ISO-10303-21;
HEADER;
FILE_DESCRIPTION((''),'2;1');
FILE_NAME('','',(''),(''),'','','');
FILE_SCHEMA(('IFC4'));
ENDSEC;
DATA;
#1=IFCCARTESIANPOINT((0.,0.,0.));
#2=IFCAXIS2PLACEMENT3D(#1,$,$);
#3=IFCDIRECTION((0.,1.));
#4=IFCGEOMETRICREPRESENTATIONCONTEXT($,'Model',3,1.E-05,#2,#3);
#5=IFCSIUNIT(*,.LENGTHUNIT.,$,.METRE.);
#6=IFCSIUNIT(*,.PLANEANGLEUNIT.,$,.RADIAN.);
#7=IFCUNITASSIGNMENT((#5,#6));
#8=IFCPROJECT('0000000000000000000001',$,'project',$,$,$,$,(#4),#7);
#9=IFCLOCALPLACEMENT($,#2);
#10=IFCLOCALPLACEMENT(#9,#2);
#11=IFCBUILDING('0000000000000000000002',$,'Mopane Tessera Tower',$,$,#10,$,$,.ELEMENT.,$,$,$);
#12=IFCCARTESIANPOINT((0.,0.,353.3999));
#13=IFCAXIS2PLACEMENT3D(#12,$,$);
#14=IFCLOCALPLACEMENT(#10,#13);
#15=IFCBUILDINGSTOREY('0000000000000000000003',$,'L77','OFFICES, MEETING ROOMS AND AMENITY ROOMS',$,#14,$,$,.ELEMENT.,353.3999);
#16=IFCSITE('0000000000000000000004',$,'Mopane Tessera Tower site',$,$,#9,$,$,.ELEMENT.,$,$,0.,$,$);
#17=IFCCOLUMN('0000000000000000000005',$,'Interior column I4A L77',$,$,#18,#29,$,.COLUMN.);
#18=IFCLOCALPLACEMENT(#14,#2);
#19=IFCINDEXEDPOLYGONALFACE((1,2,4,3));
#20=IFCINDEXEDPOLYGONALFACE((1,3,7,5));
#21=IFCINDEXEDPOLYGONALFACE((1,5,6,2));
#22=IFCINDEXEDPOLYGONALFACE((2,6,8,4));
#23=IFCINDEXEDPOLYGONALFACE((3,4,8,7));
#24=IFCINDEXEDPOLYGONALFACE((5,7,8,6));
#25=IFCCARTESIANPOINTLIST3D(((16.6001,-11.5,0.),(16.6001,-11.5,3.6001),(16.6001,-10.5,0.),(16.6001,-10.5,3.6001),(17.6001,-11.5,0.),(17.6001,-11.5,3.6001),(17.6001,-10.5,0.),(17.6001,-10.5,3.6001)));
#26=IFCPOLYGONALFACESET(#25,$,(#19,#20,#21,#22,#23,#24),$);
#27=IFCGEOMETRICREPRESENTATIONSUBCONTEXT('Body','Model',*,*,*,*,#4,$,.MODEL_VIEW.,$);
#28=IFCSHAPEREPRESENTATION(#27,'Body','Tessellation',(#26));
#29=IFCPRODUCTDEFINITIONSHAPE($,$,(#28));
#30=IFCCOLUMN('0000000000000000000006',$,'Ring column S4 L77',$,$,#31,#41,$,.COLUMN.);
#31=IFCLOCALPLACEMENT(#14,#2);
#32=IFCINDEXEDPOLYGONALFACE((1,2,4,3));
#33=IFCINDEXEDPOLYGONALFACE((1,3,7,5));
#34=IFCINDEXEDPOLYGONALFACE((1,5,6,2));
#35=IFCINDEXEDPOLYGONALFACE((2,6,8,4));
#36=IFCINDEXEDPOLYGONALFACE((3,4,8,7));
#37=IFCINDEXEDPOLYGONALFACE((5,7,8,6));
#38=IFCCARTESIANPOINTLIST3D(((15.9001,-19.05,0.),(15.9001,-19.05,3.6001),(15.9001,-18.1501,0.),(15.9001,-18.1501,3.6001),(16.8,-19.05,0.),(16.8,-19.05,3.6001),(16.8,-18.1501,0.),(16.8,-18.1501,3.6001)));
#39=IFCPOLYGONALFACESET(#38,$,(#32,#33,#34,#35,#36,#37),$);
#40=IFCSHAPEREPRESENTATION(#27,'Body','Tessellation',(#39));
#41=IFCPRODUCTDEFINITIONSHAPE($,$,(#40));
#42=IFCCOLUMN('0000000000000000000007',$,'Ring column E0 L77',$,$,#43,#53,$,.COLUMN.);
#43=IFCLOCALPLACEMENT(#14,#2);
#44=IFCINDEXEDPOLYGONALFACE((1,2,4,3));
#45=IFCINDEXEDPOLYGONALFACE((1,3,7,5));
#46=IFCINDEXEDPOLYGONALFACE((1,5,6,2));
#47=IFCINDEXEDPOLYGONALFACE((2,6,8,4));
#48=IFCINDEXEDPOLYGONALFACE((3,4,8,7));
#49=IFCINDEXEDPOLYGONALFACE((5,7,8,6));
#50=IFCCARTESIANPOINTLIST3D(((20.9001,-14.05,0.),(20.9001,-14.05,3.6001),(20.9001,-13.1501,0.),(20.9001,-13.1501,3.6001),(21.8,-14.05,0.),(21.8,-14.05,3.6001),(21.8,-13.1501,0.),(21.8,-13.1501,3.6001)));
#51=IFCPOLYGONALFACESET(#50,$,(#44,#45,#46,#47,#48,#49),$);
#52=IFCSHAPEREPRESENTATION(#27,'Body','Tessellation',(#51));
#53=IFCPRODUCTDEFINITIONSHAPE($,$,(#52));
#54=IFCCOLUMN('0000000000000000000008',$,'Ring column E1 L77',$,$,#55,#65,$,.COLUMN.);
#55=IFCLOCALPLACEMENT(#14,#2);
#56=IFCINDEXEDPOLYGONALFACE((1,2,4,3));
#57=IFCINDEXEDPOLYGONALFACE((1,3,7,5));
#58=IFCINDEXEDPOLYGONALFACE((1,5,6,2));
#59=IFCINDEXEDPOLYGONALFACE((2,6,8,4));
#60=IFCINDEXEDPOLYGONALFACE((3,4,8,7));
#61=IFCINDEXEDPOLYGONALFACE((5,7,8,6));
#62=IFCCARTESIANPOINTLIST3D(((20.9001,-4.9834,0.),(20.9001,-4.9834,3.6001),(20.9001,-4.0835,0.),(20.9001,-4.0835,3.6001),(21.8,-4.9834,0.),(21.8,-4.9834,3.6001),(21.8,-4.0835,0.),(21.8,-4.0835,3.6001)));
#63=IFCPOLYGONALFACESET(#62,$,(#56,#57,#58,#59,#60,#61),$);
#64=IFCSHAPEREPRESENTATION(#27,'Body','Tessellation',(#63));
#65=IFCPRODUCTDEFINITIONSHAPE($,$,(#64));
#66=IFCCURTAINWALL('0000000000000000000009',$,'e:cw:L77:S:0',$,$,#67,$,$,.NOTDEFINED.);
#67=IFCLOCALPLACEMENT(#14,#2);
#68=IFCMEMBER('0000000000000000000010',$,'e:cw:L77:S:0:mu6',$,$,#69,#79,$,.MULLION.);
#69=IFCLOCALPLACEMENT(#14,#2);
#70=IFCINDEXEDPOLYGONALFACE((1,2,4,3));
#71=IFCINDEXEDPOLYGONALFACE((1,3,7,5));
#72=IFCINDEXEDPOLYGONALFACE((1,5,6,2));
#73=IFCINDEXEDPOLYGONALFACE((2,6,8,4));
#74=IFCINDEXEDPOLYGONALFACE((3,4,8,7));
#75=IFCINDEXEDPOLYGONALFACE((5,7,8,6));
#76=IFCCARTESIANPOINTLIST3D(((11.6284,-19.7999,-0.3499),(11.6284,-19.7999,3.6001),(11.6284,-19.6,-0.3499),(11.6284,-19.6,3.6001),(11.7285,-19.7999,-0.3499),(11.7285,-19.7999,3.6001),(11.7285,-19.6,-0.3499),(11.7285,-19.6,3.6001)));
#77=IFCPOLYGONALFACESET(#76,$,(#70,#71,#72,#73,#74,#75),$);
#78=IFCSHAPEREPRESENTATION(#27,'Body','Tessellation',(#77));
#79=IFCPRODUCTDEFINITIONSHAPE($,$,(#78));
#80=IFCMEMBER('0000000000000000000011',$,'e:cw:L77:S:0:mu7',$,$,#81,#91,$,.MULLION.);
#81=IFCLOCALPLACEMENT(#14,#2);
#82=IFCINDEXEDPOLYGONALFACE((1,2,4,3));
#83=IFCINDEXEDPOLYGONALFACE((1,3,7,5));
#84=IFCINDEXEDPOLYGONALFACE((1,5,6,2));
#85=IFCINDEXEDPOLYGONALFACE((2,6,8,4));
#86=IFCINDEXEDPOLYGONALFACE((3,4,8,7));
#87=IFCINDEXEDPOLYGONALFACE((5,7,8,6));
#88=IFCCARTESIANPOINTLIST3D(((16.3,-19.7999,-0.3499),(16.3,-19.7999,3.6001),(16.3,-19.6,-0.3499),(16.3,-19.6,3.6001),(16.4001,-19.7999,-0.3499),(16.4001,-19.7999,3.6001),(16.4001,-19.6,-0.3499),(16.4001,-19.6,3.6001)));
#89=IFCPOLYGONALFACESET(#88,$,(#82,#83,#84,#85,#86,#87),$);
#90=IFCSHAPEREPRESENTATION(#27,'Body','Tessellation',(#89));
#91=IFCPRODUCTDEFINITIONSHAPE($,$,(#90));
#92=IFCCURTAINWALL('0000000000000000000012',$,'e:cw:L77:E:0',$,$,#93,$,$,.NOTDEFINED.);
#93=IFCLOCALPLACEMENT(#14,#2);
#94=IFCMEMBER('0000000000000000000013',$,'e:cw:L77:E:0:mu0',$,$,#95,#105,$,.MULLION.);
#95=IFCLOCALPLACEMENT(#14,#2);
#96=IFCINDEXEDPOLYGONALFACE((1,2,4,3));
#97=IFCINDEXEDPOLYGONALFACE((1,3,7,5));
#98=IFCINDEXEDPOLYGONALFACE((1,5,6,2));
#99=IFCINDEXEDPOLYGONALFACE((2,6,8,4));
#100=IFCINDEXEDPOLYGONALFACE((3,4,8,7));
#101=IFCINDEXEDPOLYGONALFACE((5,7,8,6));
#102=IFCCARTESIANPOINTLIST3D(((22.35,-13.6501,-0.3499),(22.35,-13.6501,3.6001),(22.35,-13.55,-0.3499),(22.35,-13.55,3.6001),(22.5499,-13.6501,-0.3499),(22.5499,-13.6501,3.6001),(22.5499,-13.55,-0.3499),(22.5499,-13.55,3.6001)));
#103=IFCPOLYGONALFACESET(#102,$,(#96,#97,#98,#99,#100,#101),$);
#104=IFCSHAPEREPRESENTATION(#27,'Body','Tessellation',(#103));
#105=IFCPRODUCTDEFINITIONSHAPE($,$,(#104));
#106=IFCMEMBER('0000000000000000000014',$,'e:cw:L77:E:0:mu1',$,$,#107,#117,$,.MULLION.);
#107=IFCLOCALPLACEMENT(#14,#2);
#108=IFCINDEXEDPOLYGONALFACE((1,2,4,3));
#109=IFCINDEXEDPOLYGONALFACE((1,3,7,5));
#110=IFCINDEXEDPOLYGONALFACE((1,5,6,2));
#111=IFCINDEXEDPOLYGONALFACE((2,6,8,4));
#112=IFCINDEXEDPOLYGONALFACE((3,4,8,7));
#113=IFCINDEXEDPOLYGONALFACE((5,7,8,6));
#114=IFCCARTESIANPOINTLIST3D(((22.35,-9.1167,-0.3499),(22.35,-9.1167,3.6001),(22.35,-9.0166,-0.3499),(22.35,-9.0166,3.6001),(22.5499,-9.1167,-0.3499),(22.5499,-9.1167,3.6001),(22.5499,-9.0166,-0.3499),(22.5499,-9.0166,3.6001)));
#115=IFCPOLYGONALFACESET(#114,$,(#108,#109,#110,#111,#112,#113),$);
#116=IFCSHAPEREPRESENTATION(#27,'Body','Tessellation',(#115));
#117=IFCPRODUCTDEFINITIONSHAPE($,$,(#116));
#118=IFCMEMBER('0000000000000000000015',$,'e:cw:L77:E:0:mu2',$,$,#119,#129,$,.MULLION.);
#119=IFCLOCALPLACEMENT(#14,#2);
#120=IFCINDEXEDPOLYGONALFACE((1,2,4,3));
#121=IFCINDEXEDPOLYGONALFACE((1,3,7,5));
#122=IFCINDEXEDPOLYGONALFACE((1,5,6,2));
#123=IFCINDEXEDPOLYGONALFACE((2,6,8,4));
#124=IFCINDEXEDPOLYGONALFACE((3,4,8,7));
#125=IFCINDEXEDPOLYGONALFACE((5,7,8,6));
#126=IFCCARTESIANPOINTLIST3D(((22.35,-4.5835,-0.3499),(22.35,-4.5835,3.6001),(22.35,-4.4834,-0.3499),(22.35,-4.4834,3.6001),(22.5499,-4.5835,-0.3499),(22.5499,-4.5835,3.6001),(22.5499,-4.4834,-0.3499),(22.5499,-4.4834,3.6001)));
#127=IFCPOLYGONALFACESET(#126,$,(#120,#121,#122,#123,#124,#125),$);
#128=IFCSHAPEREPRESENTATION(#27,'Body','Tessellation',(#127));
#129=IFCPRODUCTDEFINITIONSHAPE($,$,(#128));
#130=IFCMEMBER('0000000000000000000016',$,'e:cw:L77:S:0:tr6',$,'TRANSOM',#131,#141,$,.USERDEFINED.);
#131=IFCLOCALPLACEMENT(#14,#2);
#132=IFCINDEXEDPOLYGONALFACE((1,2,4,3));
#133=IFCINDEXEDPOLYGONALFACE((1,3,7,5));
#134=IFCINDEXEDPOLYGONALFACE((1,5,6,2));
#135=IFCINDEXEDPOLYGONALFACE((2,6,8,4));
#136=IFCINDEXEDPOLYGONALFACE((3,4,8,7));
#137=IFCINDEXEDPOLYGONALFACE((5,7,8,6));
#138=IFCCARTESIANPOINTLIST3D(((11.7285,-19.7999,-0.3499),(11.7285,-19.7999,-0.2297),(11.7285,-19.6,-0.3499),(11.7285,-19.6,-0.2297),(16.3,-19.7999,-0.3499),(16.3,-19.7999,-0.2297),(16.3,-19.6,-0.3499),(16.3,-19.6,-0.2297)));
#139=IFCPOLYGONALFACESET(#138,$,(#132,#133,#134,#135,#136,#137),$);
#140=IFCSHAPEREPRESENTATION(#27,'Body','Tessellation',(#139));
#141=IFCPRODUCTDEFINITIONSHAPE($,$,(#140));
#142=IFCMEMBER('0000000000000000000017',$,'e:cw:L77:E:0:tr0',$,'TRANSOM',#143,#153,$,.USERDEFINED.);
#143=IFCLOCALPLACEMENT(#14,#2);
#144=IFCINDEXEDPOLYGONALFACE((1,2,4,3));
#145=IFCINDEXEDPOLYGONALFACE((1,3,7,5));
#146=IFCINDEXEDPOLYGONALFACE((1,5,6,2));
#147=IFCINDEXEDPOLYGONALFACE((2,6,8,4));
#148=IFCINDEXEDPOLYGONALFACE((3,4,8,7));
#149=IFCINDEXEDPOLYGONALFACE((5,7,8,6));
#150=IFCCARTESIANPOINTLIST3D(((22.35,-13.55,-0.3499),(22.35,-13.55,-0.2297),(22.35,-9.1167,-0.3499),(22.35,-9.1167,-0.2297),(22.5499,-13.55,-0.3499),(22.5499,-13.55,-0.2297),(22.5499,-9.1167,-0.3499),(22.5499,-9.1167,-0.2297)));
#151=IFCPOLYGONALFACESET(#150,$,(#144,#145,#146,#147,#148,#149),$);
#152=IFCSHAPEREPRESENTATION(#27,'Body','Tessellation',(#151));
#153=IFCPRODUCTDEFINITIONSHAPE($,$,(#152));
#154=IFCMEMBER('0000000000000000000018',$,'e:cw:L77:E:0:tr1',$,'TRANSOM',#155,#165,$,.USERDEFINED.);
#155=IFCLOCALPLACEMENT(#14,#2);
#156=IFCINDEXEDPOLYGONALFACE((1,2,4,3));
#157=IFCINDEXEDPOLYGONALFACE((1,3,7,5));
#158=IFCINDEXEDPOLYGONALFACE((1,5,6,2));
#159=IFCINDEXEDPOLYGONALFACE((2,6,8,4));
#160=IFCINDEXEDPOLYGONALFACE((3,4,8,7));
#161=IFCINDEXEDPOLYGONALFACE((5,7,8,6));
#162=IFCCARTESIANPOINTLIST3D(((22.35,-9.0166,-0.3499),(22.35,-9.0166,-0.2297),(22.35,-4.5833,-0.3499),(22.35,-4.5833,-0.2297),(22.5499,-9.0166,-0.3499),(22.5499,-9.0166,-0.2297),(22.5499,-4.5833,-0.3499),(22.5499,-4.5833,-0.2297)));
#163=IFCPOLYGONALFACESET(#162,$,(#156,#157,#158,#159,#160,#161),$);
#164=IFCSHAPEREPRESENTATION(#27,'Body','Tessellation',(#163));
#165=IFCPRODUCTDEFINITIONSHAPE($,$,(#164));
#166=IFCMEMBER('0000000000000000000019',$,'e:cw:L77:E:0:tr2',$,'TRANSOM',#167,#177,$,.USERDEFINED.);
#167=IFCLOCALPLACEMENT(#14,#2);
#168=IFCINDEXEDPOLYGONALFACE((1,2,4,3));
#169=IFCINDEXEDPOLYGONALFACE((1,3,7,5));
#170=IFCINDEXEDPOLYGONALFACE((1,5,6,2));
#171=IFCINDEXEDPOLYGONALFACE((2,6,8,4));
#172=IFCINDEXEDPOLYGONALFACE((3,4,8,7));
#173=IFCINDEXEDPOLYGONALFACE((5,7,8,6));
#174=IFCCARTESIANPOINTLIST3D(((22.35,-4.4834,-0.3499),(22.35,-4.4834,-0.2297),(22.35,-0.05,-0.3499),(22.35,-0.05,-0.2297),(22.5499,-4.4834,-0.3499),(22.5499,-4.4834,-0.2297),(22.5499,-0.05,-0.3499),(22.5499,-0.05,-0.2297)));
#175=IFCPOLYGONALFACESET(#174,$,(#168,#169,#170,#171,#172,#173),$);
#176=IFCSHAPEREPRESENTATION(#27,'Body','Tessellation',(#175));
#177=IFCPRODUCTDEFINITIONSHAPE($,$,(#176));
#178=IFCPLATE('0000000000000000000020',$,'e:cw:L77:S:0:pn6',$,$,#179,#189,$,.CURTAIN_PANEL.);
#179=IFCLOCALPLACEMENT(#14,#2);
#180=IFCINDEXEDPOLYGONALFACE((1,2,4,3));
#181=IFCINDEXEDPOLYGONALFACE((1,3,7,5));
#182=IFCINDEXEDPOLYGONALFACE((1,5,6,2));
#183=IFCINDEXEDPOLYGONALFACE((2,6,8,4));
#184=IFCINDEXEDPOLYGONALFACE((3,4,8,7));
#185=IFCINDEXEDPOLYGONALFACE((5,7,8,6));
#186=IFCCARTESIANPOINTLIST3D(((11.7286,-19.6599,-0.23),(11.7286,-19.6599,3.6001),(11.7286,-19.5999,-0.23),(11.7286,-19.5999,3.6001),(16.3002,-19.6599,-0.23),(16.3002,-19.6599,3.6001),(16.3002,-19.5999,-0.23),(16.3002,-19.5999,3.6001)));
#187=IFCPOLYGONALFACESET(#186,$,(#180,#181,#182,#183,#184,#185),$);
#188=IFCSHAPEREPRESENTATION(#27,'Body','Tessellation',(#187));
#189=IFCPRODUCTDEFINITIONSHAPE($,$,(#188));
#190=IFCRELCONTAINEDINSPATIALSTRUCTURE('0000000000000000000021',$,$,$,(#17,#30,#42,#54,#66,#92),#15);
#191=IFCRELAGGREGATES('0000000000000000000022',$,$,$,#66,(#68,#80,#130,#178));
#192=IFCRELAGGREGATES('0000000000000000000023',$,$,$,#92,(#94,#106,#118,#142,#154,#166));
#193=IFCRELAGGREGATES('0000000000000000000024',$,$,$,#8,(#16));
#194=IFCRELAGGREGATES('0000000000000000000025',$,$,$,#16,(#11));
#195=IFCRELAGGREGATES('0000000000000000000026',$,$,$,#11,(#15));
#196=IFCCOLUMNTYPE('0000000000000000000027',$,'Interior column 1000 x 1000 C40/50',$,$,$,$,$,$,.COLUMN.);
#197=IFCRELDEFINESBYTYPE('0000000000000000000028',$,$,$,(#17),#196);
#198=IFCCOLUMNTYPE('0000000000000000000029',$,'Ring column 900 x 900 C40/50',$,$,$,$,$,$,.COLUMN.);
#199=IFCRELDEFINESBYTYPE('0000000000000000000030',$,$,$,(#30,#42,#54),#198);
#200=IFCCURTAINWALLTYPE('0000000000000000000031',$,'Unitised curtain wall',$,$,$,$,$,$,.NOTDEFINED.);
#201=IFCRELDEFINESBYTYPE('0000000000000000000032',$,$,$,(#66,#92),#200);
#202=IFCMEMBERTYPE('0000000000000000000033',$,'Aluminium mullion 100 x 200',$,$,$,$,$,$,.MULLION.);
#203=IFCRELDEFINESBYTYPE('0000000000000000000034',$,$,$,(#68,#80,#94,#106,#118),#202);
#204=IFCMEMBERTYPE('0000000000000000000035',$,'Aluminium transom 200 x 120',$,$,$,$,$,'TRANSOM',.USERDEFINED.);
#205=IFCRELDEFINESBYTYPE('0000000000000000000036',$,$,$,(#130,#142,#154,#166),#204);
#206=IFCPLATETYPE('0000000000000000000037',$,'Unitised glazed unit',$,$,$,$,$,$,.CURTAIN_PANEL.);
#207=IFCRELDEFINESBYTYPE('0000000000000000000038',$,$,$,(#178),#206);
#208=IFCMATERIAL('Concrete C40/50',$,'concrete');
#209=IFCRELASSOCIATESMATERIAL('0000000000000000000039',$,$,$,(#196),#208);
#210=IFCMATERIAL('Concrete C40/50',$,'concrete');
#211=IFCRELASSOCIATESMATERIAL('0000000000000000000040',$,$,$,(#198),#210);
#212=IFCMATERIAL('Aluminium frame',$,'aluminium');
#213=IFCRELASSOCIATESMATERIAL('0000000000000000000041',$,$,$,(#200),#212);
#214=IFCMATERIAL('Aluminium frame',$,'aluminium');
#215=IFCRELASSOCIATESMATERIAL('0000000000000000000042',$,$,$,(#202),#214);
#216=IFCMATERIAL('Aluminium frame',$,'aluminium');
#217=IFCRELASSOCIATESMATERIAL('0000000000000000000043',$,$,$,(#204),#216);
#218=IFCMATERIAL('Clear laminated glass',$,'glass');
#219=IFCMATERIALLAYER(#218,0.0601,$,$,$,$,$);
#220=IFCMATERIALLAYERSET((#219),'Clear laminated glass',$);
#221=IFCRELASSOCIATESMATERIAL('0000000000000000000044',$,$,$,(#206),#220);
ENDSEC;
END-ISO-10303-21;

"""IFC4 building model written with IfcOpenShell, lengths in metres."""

from ifc_helpers import new_model, si_unit, direction, frame, origin, origin_2d, place, context, subcontext, project, spatial, rectangle, extrude, material, layer, layer_set, material_profile, profile_set, type_object, element, aggregate, save


model = new_model("IFC4")

# Units and contexts
model_context = context("Model", 3, precision=1e-05, world=origin(), true_north=direction((0.0, 1.0)))
body_context = subcontext(model_context, "Body", "Model", "MODEL_VIEW")
ifc_project = project(units=[si_unit("LENGTHUNIT", "METRE"), si_unit("PLANEANGLEUNIT", "RADIAN")], contexts=[model_context])

# Site, building, storey
site_placement = place(None, origin())
site = spatial("IfcSite", under=ifc_project, at=site_placement, Name="Mopane Tessera Tower site", CompositionType="ELEMENT", RefElevation=0.0)
building_placement = place(site_placement, origin())
building = spatial("IfcBuilding", under=site, at=building_placement, Name="Mopane Tessera Tower", CompositionType="ELEMENT")
storey_placement = place(building_placement, frame((0.0, 0.0, 353.3999)))
storey = spatial("IfcBuildingStorey", under=building, at=storey_placement, Name="L77", Description="OFFICES, MEETING ROOMS AND AMENITY ROOMS", CompositionType="ELEMENT", Elevation=353.3999)

# Columns
ifc_material_1 = material(Name="Concrete C40/50", Category="concrete")
ifc_material_profile_1 = material_profile(ifc_material_1, rectangle(XDim=1.0, YDim=1.0, at=origin_2d()))
ifc_profile_set_1 = profile_set([ifc_material_profile_1], Name="Concrete C40/50")
column_type_1 = type_object("IfcColumnType", Name="Interior column 1000 x 1000 C40/50", PredefinedType="COLUMN", material=ifc_profile_set_1)
column_placement = place(storey_placement, frame((17.1001, -11.0, 0.0), z_axis=(0.0, 0.0, 1.0), x_axis=(1.0, 0.0, 0.0)))
element("IfcColumn", 1, at=column_placement, inside=storey, type_object=column_type_1, Name="Interior column I4A L77", PredefinedType="COLUMN", context=body_context, shape_type="SweptSolid", body=[
    extrude(rectangle(XDim=1.0, YDim=1.0, at=origin_2d()), origin(), (0.0, 0.0, 1.0), 3.6001),
])
ifc_material_2 = material(Name="Concrete C40/50", Category="concrete")
ifc_material_profile_2 = material_profile(ifc_material_2, rectangle(XDim=0.8999, YDim=0.8999, at=origin_2d()))
ifc_profile_set_2 = profile_set([ifc_material_profile_2], Name="Concrete C40/50")
column_type_2 = type_object("IfcColumnType", Name="Ring column 900 x 900 C40/50", PredefinedType="COLUMN", material=ifc_profile_set_2)
for number, where, z_axis, x_axis, name in (
    (2, (16.3501, -18.6001, 0.0), (0.0, 0.0, 1.0), (1.0, 0.0, 0.0), "Ring column S4 L77"),
    (3, (21.3501, -13.6001, 0.0), (0.0, 0.0, 1.0), (1.0, 0.0, 0.0), "Ring column E0 L77"),
    (4, (21.3501, -4.5334, 0.0), (0.0, 0.0, 1.0), (1.0, 0.0, 0.0), "Ring column E1 L77"),
):
    element("IfcColumn", number, at=place(storey_placement, frame(where, z_axis=z_axis, x_axis=x_axis)), inside=storey, type_object=column_type_2, Name=name, PredefinedType="COLUMN", context=body_context, shape_type="SweptSolid", body=[
        extrude(rectangle(XDim=0.8999, YDim=0.8999, at=origin_2d()), origin(), (0.0, 0.0, 1.0), 3.6001),
    ])

# Curtain walls, members
ifc_material_3 = material(Name="Aluminium frame", Category="aluminium")
curtain_wall_type = type_object("IfcCurtainWallType", Name="Unitised curtain wall", PredefinedType="NOTDEFINED", material=ifc_material_3)
curtain_wall_1_placement = place(storey_placement, origin())
curtain_wall_1 = element("IfcCurtainWall", 5, at=curtain_wall_1_placement, inside=storey, type_object=curtain_wall_type, Name="e:cw:L77:S:0", PredefinedType="NOTDEFINED")
ifc_material_4 = material(Name="Aluminium frame", Category="aluminium")
ifc_material_profile_3 = material_profile(ifc_material_4, rectangle(XDim=0.1001, YDim=0.2, at=origin_2d()))
ifc_profile_set_3 = profile_set([ifc_material_profile_3], Name="Aluminium frame")
member_type_1 = type_object("IfcMemberType", Name="Aluminium mullion 100 x 200", PredefinedType="MULLION", material=ifc_profile_set_3)
member_1_placement = place(storey_placement, frame((11.6785, -19.7, -0.3499), z_axis=(0.0, 0.0, 1.0), x_axis=(1.0, 0.0, 0.0)))
member_1 = element("IfcMember", 6, at=member_1_placement, type_object=member_type_1, Name="e:cw:L77:S:0:mu6", PredefinedType="MULLION", context=body_context, shape_type="SweptSolid", body=[
    extrude(rectangle(XDim=0.1001, YDim=0.2, at=origin_2d()), origin(), (0.0, 0.0, 1.0), 3.95),
])
member_2_placement = place(storey_placement, frame((16.3501, -19.7, -0.3499), z_axis=(0.0, 0.0, 1.0), x_axis=(1.0, 0.0, 0.0)))
member_2 = element("IfcMember", 7, at=member_2_placement, type_object=member_type_1, Name="e:cw:L77:S:0:mu7", PredefinedType="MULLION", context=body_context, shape_type="SweptSolid", body=[
    extrude(rectangle(XDim=0.1001, YDim=0.2, at=origin_2d()), origin(), (0.0, 0.0, 1.0), 3.95),
])
curtain_wall_2_placement = place(storey_placement, origin())
curtain_wall_2 = element("IfcCurtainWall", 8, at=curtain_wall_2_placement, inside=storey, type_object=curtain_wall_type, Name="e:cw:L77:E:0", PredefinedType="NOTDEFINED")
member_3_placement = place(storey_placement, frame((22.45, -13.6001, -0.3499), z_axis=(0.0, 0.0, 1.0), x_axis=(0.0, 1.0, 0.0)))
member_3 = element("IfcMember", 9, at=member_3_placement, type_object=member_type_1, Name="e:cw:L77:E:0:mu0", PredefinedType="MULLION", context=body_context, shape_type="SweptSolid", body=[
    extrude(rectangle(XDim=0.1001, YDim=0.2, at=origin_2d()), origin(), (0.0, 0.0, 1.0), 3.95),
])
member_4_placement = place(storey_placement, frame((22.45, -9.0667, -0.3499), z_axis=(0.0, 0.0, 1.0), x_axis=(0.0, 1.0, 0.0)))
member_4 = element("IfcMember", 10, at=member_4_placement, type_object=member_type_1, Name="e:cw:L77:E:0:mu1", PredefinedType="MULLION", context=body_context, shape_type="SweptSolid", body=[
    extrude(rectangle(XDim=0.1001, YDim=0.2, at=origin_2d()), origin(), (0.0, 0.0, 1.0), 3.95),
])
member_5_placement = place(storey_placement, frame((22.45, -4.5334, -0.3499), z_axis=(0.0, 0.0, 1.0), x_axis=(0.0, 1.0, 0.0)))
member_5 = element("IfcMember", 11, at=member_5_placement, type_object=member_type_1, Name="e:cw:L77:E:0:mu2", PredefinedType="MULLION", context=body_context, shape_type="SweptSolid", body=[
    extrude(rectangle(XDim=0.1001, YDim=0.2, at=origin_2d()), origin(), (0.0, 0.0, 1.0), 3.95),
])

# Members
ifc_material_5 = material(Name="Aluminium frame", Category="aluminium")
ifc_material_profile_4 = material_profile(ifc_material_5, rectangle(XDim=0.2, YDim=0.1201, at=origin_2d()))
ifc_profile_set_4 = profile_set([ifc_material_profile_4], Name="Aluminium frame")
member_type_2 = type_object("IfcMemberType", Name="Aluminium transom 200 x 120", ElementType="TRANSOM", PredefinedType="USERDEFINED", material=ifc_profile_set_4)
member_6_placement = place(storey_placement, frame((11.7285, -19.7, -0.2898), z_axis=(1.0, 0.0, 0.0), x_axis=(0.0, 1.0, 0.0)))
member_6 = element("IfcMember", 12, at=member_6_placement, type_object=member_type_2, Name="e:cw:L77:S:0:tr6", ObjectType="TRANSOM", PredefinedType="USERDEFINED", context=body_context, shape_type="SweptSolid", body=[
    extrude(rectangle(XDim=0.2, YDim=0.1201, at=origin_2d()), origin(), (0.0, 0.0, 1.0), 4.5715),
])
member_7_placement = place(storey_placement, frame((22.45, -13.55, -0.2898), z_axis=(0.0, 1.0, 0.0), x_axis=(-1.0, 0.0, 0.0)))
member_7 = element("IfcMember", 13, at=member_7_placement, type_object=member_type_2, Name="e:cw:L77:E:0:tr0", ObjectType="TRANSOM", PredefinedType="USERDEFINED", context=body_context, shape_type="SweptSolid", body=[
    extrude(rectangle(XDim=0.2, YDim=0.1201, at=origin_2d()), origin(), (0.0, 0.0, 1.0), 4.4333),
])
member_8_placement = place(storey_placement, frame((22.45, -9.0166, -0.2898), z_axis=(0.0, 1.0, 0.0), x_axis=(-1.0, 0.0, 0.0)))
member_8 = element("IfcMember", 14, at=member_8_placement, type_object=member_type_2, Name="e:cw:L77:E:0:tr1", ObjectType="TRANSOM", PredefinedType="USERDEFINED", context=body_context, shape_type="SweptSolid", body=[
    extrude(rectangle(XDim=0.2, YDim=0.1201, at=origin_2d()), origin(), (0.0, 0.0, 1.0), 4.4333),
])
member_9_placement = place(storey_placement, frame((22.45, -4.4834, -0.2898), z_axis=(0.0, 1.0, 0.0), x_axis=(-1.0, 0.0, 0.0)))
member_9 = element("IfcMember", 15, at=member_9_placement, type_object=member_type_2, Name="e:cw:L77:E:0:tr2", ObjectType="TRANSOM", PredefinedType="USERDEFINED", context=body_context, shape_type="SweptSolid", body=[
    extrude(rectangle(XDim=0.2, YDim=0.1201, at=origin_2d()), origin(), (0.0, 0.0, 1.0), 4.4333),
])

# Plate
ifc_material_6 = material(Name="Clear laminated glass", Category="glass")
ifc_layer_1 = layer(ifc_material_6, 0.0601)
ifc_layer_set_1 = layer_set([ifc_layer_1], Name="Clear laminated glass")
plate_type = type_object("IfcPlateType", Name="Unitised glazed unit", PredefinedType="CURTAIN_PANEL", material=ifc_layer_set_1)
plate_1_placement = place(storey_placement, frame((14.0144, -19.6299, -0.23), z_axis=(0.0, 0.0, 1.0), x_axis=(1.0, 0.0, 0.0)))
plate_1 = element("IfcPlate", 16, at=plate_1_placement, type_object=plate_type, Name="e:cw:L77:S:0:pn6", PredefinedType="CURTAIN_PANEL", context=body_context, shape_type="SweptSolid", body=[
    extrude(rectangle(XDim=4.5715, YDim=0.0601, at=origin_2d()), origin(), (0.0, 0.0, 1.0), 3.8301),
])
aggregate(curtain_wall_1, [member_1, member_2, member_6, plate_1])
aggregate(curtain_wall_2, [member_3, member_4, member_5, member_7, member_8, member_9])

save(model, "model.ifc")
